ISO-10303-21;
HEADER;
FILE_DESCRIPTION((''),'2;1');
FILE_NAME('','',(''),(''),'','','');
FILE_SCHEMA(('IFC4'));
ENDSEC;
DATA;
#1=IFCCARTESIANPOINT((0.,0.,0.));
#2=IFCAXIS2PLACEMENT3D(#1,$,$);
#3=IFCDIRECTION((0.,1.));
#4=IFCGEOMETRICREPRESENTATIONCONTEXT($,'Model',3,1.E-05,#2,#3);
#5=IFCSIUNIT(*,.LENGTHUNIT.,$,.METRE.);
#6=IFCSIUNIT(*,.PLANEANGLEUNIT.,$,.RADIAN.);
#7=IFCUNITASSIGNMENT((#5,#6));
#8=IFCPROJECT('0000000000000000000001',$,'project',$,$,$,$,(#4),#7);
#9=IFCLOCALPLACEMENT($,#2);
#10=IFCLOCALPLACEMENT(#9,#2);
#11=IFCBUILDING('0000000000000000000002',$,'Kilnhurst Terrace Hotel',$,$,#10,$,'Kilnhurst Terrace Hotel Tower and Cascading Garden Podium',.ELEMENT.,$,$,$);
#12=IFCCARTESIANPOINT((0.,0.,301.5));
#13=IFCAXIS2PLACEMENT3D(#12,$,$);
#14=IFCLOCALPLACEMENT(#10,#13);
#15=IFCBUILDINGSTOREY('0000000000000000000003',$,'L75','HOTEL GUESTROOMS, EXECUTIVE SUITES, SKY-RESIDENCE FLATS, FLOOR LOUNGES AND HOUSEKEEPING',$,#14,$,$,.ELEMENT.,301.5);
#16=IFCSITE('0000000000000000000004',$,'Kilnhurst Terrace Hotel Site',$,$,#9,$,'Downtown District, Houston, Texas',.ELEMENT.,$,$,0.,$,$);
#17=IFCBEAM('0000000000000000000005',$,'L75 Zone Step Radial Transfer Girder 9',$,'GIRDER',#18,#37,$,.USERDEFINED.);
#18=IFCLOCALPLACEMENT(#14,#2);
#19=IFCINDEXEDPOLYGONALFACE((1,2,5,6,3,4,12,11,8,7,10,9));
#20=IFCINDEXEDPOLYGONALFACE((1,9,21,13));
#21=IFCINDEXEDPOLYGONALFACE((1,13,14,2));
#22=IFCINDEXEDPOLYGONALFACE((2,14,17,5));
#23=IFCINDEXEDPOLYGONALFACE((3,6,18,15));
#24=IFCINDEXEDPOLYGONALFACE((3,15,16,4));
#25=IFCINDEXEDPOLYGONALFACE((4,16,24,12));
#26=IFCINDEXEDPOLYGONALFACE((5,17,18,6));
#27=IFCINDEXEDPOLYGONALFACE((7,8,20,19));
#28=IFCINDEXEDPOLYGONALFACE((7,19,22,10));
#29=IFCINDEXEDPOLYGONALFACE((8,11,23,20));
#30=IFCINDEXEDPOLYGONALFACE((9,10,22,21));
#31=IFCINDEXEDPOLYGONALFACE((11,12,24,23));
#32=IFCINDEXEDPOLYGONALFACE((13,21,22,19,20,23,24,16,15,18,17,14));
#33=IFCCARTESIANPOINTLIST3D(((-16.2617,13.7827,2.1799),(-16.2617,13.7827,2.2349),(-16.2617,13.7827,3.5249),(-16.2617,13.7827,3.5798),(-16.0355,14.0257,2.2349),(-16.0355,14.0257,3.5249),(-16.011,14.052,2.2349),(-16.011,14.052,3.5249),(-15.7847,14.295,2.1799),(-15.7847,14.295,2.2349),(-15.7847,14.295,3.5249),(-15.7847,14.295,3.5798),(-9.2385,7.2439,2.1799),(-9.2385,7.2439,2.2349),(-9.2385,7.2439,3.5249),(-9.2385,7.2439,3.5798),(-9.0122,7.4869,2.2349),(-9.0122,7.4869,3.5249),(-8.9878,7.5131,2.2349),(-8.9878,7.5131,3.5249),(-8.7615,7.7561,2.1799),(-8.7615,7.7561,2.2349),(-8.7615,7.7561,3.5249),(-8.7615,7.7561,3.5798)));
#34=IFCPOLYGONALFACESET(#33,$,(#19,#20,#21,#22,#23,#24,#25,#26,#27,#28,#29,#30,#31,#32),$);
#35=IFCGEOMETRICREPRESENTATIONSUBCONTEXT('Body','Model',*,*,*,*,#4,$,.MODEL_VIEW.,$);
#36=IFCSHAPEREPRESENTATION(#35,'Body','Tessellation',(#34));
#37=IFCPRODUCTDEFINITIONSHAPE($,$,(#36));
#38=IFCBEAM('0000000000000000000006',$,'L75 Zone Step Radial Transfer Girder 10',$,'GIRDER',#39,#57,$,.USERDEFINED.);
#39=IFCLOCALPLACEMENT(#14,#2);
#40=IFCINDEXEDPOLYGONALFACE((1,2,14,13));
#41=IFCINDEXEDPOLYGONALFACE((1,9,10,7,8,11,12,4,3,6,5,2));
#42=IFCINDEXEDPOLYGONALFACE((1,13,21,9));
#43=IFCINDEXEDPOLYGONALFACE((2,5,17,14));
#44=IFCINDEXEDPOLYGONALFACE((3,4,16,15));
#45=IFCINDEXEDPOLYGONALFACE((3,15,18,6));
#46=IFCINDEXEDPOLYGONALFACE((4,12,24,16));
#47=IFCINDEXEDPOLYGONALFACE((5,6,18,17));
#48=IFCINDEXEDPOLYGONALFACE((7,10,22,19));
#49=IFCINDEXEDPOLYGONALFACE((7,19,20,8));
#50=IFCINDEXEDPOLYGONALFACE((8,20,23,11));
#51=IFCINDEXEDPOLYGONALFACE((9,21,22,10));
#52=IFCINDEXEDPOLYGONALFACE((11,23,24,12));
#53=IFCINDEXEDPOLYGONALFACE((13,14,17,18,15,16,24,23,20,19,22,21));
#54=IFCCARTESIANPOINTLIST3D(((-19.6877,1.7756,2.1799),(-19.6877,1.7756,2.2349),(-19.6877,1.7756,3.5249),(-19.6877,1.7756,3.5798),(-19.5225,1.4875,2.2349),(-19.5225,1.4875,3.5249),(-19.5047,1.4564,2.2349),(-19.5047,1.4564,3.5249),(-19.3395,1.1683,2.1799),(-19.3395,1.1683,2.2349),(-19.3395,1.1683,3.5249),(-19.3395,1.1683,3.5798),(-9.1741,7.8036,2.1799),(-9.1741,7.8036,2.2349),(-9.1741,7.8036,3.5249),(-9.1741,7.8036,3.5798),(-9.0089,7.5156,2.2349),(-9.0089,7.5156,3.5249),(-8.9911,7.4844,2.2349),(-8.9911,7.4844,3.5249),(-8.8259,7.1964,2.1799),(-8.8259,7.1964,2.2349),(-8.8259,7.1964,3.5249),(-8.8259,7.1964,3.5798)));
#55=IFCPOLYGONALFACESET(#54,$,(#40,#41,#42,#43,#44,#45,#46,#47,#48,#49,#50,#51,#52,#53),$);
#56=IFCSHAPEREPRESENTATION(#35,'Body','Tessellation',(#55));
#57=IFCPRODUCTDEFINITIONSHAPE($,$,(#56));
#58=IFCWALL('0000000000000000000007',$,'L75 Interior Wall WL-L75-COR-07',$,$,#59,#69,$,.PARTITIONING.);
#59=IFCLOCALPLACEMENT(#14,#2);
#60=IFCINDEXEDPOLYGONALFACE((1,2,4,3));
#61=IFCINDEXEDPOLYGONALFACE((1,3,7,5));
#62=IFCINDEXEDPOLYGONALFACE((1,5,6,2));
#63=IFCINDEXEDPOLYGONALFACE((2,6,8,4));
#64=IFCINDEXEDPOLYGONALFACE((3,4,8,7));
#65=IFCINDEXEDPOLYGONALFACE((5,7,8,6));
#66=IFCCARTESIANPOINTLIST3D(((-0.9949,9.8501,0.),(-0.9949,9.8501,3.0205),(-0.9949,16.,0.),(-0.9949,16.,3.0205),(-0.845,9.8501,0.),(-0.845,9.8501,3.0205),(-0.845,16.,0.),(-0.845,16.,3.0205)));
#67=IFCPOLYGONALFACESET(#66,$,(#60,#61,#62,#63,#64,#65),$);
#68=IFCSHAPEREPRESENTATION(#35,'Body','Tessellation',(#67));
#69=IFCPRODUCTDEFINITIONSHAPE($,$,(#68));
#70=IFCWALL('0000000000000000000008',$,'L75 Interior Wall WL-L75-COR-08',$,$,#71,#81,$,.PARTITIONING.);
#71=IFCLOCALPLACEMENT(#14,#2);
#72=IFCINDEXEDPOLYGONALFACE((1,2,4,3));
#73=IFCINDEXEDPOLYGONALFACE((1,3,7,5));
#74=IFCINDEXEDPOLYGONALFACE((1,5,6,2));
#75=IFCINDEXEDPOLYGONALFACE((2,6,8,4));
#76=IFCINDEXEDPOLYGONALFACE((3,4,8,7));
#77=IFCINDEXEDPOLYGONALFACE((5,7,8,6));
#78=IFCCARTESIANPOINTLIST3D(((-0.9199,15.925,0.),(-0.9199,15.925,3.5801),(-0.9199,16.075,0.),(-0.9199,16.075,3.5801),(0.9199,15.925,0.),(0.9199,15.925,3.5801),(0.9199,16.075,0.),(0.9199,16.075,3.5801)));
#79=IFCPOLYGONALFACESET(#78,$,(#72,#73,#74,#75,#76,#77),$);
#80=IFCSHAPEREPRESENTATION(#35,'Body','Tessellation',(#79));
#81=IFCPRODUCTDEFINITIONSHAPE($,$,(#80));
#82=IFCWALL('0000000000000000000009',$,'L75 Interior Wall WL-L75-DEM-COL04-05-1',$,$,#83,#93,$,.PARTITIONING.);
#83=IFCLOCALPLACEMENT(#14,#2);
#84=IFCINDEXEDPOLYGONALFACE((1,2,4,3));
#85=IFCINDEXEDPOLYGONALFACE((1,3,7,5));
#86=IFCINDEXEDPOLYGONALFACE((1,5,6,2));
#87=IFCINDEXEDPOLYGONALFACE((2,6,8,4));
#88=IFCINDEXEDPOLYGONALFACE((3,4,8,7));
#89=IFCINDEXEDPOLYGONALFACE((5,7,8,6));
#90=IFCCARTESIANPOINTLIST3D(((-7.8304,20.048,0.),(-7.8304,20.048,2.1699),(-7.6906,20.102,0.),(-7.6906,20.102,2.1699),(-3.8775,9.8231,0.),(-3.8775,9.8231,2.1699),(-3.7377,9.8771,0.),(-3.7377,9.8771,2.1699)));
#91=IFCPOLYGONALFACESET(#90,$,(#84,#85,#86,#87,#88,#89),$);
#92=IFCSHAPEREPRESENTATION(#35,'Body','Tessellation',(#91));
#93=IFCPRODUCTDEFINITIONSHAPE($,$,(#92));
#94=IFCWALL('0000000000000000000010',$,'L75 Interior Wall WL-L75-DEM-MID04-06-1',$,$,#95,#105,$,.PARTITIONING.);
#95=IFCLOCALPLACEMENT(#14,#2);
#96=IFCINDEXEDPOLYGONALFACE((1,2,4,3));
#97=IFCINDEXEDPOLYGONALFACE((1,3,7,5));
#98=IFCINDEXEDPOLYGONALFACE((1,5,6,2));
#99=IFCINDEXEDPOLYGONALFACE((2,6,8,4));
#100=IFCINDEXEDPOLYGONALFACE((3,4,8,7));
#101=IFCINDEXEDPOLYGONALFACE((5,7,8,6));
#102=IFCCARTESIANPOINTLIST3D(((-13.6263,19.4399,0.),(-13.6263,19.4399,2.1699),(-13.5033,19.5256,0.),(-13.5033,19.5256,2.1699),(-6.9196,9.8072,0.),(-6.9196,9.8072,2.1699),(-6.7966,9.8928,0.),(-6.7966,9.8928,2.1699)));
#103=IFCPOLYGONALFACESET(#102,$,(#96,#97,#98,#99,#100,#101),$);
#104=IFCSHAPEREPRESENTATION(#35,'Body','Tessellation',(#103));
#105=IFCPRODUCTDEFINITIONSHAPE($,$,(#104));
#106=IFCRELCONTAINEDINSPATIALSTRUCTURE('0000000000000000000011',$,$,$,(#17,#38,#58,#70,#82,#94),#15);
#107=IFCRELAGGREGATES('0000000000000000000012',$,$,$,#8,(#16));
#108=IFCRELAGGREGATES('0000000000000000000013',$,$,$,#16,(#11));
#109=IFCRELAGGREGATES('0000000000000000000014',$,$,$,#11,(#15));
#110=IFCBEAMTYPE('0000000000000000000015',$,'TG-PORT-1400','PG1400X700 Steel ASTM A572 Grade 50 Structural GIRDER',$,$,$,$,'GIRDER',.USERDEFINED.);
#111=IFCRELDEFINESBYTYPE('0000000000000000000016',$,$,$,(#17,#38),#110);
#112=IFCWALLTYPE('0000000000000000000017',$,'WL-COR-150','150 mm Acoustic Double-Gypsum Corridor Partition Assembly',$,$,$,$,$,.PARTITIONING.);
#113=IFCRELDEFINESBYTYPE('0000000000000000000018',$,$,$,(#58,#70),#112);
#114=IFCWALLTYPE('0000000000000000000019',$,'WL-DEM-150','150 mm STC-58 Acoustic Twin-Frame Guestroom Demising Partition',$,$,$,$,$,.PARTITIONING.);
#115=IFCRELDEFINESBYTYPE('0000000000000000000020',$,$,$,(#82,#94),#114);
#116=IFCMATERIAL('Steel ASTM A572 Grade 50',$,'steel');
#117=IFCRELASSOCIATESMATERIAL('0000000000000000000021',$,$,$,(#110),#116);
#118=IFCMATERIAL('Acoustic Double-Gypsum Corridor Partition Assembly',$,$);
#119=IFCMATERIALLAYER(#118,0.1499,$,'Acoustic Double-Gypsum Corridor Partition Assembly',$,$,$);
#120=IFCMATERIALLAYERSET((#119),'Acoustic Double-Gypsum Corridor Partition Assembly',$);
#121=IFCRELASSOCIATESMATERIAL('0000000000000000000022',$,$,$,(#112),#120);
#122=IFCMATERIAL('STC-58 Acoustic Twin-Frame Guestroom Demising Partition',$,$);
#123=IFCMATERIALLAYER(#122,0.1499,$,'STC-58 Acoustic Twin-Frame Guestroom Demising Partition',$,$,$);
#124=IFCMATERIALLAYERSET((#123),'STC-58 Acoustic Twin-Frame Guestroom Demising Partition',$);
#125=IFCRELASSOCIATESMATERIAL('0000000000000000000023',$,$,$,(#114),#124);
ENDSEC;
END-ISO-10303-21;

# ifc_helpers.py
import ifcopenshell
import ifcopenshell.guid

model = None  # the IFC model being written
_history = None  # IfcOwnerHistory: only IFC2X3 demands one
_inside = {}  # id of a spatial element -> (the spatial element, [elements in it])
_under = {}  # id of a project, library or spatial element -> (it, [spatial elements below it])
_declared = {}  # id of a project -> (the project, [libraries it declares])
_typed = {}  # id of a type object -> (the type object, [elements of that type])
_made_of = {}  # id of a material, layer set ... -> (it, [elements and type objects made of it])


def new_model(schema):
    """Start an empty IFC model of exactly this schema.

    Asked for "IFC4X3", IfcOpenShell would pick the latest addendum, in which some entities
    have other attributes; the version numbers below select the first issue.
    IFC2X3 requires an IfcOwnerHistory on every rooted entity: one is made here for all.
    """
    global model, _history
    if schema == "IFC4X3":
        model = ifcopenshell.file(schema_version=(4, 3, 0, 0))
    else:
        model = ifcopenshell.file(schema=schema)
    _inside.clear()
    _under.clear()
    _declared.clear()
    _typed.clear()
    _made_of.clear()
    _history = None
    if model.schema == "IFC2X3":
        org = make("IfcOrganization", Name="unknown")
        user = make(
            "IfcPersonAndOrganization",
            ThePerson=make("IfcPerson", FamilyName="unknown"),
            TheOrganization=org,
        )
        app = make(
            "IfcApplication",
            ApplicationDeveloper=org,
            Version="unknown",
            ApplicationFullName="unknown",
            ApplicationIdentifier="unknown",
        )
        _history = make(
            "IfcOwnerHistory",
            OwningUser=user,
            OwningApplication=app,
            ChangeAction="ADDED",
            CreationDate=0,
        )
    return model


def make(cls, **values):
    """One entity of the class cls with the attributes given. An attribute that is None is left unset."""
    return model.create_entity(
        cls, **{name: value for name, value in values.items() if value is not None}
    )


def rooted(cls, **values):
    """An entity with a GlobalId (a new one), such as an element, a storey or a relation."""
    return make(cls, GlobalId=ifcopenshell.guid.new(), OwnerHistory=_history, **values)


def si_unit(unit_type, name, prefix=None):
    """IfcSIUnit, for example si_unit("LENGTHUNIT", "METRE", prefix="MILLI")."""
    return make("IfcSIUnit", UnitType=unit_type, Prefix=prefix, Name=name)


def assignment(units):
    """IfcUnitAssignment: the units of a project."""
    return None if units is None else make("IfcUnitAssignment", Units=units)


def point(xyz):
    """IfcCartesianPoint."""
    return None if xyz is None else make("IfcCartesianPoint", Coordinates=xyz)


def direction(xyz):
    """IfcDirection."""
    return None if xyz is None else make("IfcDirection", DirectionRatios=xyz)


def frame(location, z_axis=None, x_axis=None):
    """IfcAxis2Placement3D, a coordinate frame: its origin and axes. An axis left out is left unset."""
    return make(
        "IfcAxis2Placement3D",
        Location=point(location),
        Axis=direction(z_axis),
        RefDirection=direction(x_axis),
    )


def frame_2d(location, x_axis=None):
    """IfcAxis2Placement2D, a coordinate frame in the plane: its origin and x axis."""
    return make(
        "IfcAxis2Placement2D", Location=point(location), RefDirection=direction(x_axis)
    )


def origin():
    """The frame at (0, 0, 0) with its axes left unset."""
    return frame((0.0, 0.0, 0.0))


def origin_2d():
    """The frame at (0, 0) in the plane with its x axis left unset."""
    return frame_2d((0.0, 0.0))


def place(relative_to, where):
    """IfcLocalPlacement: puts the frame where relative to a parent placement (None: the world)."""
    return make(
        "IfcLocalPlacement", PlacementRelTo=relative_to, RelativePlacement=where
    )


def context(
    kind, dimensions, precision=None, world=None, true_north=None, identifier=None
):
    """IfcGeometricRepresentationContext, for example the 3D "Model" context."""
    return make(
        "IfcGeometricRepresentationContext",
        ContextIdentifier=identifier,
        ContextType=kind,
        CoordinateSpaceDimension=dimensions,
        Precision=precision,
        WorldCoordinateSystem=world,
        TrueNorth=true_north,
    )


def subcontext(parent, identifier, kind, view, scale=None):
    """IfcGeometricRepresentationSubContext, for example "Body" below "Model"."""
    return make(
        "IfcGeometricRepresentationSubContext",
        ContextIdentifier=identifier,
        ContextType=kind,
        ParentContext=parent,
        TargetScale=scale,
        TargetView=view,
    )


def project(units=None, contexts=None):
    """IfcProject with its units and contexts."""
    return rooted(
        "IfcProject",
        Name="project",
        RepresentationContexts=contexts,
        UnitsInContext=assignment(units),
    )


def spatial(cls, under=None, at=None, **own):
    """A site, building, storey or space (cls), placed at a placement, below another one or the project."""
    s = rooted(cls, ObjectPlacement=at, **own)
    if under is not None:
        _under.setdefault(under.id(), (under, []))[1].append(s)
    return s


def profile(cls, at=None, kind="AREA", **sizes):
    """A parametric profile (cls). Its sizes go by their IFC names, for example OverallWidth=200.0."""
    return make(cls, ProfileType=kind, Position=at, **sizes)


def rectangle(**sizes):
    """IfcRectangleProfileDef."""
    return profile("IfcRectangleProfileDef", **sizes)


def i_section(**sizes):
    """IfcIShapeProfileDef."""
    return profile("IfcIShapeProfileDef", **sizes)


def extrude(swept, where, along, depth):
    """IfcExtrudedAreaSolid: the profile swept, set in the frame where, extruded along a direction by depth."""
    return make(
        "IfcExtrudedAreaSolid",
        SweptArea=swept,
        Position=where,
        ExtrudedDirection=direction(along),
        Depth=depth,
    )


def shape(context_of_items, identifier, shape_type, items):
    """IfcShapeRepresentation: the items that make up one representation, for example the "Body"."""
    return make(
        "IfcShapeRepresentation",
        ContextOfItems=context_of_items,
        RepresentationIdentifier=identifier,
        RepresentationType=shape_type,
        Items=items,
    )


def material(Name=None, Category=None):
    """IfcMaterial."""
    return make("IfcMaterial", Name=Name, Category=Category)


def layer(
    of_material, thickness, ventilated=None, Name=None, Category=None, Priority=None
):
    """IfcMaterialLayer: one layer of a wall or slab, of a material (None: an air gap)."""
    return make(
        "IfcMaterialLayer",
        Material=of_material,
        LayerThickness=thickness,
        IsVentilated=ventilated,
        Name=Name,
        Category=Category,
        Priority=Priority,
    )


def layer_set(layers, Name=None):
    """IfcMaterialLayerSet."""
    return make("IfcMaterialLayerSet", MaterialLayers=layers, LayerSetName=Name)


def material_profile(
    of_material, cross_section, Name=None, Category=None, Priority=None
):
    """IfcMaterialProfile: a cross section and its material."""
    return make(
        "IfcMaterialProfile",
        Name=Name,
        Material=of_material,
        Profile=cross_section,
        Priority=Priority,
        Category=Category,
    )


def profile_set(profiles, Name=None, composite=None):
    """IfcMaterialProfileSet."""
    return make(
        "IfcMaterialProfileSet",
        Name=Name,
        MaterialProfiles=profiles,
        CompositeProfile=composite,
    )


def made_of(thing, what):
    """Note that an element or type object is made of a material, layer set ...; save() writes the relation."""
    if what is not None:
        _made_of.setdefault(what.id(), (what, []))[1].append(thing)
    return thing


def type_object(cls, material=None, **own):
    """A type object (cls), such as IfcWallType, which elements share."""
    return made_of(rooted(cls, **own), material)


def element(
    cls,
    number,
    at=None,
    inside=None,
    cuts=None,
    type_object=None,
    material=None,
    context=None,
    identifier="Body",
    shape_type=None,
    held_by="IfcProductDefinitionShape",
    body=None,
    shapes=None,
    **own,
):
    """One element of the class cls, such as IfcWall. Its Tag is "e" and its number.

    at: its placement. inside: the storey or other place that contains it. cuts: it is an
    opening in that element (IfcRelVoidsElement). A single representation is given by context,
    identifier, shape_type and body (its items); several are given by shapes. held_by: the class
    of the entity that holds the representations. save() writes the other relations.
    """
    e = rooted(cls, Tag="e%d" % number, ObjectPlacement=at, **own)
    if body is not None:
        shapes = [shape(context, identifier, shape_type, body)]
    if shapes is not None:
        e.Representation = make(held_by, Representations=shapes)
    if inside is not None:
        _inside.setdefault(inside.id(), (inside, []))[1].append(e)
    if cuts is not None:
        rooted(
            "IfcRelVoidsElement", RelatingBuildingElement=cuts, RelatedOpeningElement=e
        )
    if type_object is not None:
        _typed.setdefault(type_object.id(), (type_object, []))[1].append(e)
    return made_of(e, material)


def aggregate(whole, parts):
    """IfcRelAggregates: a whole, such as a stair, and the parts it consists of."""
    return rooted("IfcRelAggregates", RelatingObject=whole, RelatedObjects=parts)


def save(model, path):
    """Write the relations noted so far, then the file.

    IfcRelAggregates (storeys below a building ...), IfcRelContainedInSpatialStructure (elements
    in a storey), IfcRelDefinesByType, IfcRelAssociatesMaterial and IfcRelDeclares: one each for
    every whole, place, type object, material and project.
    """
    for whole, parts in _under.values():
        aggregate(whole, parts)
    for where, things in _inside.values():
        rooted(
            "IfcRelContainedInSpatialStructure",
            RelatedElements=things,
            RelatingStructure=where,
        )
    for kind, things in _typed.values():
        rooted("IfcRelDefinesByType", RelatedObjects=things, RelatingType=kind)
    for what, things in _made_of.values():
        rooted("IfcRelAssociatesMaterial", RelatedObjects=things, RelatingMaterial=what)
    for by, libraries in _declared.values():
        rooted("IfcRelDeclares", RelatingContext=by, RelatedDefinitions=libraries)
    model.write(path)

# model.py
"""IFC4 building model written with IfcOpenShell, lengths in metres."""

from ifc_helpers import new_model, si_unit, direction, frame, frame_2d, origin, origin_2d, place, context, subcontext, project, spatial, rectangle, i_section, extrude, material, layer, layer_set, material_profile, profile_set, type_object, element, save


model = new_model("IFC4")

# Units and contexts
model_context = context("Model", 3, precision=1e-05, world=origin(), true_north=direction((0.0, 1.0)))
body_context = subcontext(model_context, "Body", "Model", "MODEL_VIEW")
ifc_project = project(units=[si_unit("LENGTHUNIT", "METRE"), si_unit("PLANEANGLEUNIT", "RADIAN")], contexts=[model_context])

# Site, building, storey
site_placement = place(None, origin())
site = spatial("IfcSite", under=ifc_project, at=site_placement, Name="Kilnhurst Terrace Hotel Site", LongName="Downtown District, Houston, Texas", CompositionType="ELEMENT", RefElevation=0.0)
building_placement = place(site_placement, origin())
building = spatial("IfcBuilding", under=site, at=building_placement, Name="Kilnhurst Terrace Hotel", LongName="Kilnhurst Terrace Hotel Tower and Cascading Garden Podium", CompositionType="ELEMENT")
storey_placement = place(building_placement, frame((0.0, 0.0, 301.5)))
storey = spatial("IfcBuildingStorey", under=building, at=storey_placement, Name="L75", Description="HOTEL GUESTROOMS, EXECUTIVE SUITES, SKY-RESIDENCE FLATS, FLOOR LOUNGES AND HOUSEKEEPING", CompositionType="ELEMENT", Elevation=301.5)

# Beams
ifc_material_1 = material(Name="Steel ASTM A572 Grade 50", Category="steel")
ifc_material_profile_1 = material_profile(ifc_material_1, i_section(OverallWidth=0.7, OverallDepth=1.3999, WebThickness=0.0359, FlangeThickness=0.0549, at=origin_2d()), Name="PG1400X700")
ifc_profile_set_1 = profile_set([ifc_material_profile_1], Name="Steel ASTM A572 Grade 50")
beam_type_1 = type_object("IfcBeamType", Name="TG-PORT-1400", Description="PG1400X700 Steel ASTM A572 Grade 50 Structural GIRDER", ElementType="GIRDER", PredefinedType="USERDEFINED", material=ifc_profile_set_1)
beam_1_placement = place(storey_placement, frame((-9.0, 7.5, 2.8799), z_axis=(-0.731895, 0.681418, 0.0), x_axis=(-0.681418, -0.731895, 0.0)))
element("IfcBeam", 1, at=beam_1_placement, inside=storey, type_object=beam_type_1, Name="L75 Zone Step Radial Transfer Girder 9", ObjectType="GIRDER", PredefinedType="USERDEFINED", context=body_context, shape_type="SweptSolid", body=[
    extrude(i_section(OverallWidth=0.7, OverallDepth=1.3999, WebThickness=0.0359, FlangeThickness=0.0549, at=origin_2d()), origin(), (0.0, 0.0, 1.0), 9.5959),
])
beam_2_placement = place(storey_placement, frame((-9.0, 7.5, 2.8799), z_axis=(-0.867522, -0.497399, 0.0), x_axis=(0.497399, -0.867522, 0.0)))
element("IfcBeam", 2, at=beam_2_placement, inside=storey, type_object=beam_type_1, Name="L75 Zone Step Radial Transfer Girder 10", ObjectType="GIRDER", PredefinedType="USERDEFINED", context=body_context, shape_type="SweptSolid", body=[
    extrude(i_section(OverallWidth=0.7, OverallDepth=1.3999, WebThickness=0.0359, FlangeThickness=0.0549, at=origin_2d()), origin(), (0.0, 0.0, 1.0), 12.1191),
])

# Walls
ifc_material_2 = material(Name="Acoustic Double-Gypsum Corridor Partition Assembly")
ifc_layer_1 = layer(ifc_material_2, 0.1499, Name="Acoustic Double-Gypsum Corridor Partition Assembly")
ifc_layer_set_1 = layer_set([ifc_layer_1], Name="Acoustic Double-Gypsum Corridor Partition Assembly")
wall_type_1 = type_object("IfcWallType", Name="WL-COR-150", Description="150 mm Acoustic Double-Gypsum Corridor Partition Assembly", PredefinedType="PARTITIONING", material=ifc_layer_set_1)
wall_1_placement = place(storey_placement, frame((-0.9199, 9.8501, 0.0), z_axis=(0.0, 0.0, 1.0), x_axis=(0.0, 1.0, 0.0)))
element("IfcWall", 3, at=wall_1_placement, inside=storey, type_object=wall_type_1, Name="L75 Interior Wall WL-L75-COR-07", PredefinedType="PARTITIONING", context=body_context, shape_type="SweptSolid", body=[
    extrude(rectangle(XDim=6.1499, YDim=0.1499, at=frame_2d((3.075, 0.0))), origin(), (0.0, 0.0, 1.0), 3.0205),
])
wall_2_placement = place(storey_placement, frame((-0.9199, 16.0, 0.0), z_axis=(0.0, 0.0, 1.0), x_axis=(1.0, 0.0, 0.0)))
element("IfcWall", 4, at=wall_2_placement, inside=storey, type_object=wall_type_1, Name="L75 Interior Wall WL-L75-COR-08", PredefinedType="PARTITIONING", context=body_context, shape_type="SweptSolid", body=[
    extrude(rectangle(XDim=1.8398, YDim=0.1499, at=frame_2d((0.9199, 0.0))), origin(), (0.0, 0.0, 1.0), 3.5801),
])
ifc_material_3 = material(Name="STC-58 Acoustic Twin-Frame Guestroom Demising Partition")
ifc_layer_2 = layer(ifc_material_3, 0.1499, Name="STC-58 Acoustic Twin-Frame Guestroom Demising Partition")
ifc_layer_set_2 = layer_set([ifc_layer_2], Name="STC-58 Acoustic Twin-Frame Guestroom Demising Partition")
wall_type_2 = type_object("IfcWallType", Name="WL-DEM-150", Description="150 mm STC-58 Acoustic Twin-Frame Guestroom Demising Partition", PredefinedType="PARTITIONING", material=ifc_layer_set_2)
wall_3_placement = place(storey_placement, frame((-3.8076, 9.8501, 0.0), z_axis=(0.0, 0.0, 1.0), x_axis=(-0.360587, 0.932725, 0.0)))
element("IfcWall", 5, at=wall_3_placement, inside=storey, type_object=wall_type_2, Name="L75 Interior Wall WL-L75-DEM-COL04-05-1", PredefinedType="PARTITIONING", context=body_context, shape_type="SweptSolid", body=[
    extrude(rectangle(XDim=10.9624, YDim=0.1499, at=frame_2d((5.4812, 0.0))), origin(), (0.0, 0.0, 1.0), 2.1699),
])
wall_4_placement = place(storey_placement, frame((-6.8582, 9.8501, 0.0), z_axis=(0.0, 0.0, 1.0), x_axis=(-0.571392, 0.820677, 0.0)))
element("IfcWall", 6, at=wall_4_placement, inside=storey, type_object=wall_type_2, Name="L75 Interior Wall WL-L75-DEM-MID04-06-1", PredefinedType="PARTITIONING", context=body_context, shape_type="SweptSolid", body=[
    extrude(rectangle(XDim=11.7375, YDim=0.1499, at=frame_2d((5.8687, 0.0))), origin(), (0.0, 0.0, 1.0), 2.1699),
])

save(model, "model.ifc")
